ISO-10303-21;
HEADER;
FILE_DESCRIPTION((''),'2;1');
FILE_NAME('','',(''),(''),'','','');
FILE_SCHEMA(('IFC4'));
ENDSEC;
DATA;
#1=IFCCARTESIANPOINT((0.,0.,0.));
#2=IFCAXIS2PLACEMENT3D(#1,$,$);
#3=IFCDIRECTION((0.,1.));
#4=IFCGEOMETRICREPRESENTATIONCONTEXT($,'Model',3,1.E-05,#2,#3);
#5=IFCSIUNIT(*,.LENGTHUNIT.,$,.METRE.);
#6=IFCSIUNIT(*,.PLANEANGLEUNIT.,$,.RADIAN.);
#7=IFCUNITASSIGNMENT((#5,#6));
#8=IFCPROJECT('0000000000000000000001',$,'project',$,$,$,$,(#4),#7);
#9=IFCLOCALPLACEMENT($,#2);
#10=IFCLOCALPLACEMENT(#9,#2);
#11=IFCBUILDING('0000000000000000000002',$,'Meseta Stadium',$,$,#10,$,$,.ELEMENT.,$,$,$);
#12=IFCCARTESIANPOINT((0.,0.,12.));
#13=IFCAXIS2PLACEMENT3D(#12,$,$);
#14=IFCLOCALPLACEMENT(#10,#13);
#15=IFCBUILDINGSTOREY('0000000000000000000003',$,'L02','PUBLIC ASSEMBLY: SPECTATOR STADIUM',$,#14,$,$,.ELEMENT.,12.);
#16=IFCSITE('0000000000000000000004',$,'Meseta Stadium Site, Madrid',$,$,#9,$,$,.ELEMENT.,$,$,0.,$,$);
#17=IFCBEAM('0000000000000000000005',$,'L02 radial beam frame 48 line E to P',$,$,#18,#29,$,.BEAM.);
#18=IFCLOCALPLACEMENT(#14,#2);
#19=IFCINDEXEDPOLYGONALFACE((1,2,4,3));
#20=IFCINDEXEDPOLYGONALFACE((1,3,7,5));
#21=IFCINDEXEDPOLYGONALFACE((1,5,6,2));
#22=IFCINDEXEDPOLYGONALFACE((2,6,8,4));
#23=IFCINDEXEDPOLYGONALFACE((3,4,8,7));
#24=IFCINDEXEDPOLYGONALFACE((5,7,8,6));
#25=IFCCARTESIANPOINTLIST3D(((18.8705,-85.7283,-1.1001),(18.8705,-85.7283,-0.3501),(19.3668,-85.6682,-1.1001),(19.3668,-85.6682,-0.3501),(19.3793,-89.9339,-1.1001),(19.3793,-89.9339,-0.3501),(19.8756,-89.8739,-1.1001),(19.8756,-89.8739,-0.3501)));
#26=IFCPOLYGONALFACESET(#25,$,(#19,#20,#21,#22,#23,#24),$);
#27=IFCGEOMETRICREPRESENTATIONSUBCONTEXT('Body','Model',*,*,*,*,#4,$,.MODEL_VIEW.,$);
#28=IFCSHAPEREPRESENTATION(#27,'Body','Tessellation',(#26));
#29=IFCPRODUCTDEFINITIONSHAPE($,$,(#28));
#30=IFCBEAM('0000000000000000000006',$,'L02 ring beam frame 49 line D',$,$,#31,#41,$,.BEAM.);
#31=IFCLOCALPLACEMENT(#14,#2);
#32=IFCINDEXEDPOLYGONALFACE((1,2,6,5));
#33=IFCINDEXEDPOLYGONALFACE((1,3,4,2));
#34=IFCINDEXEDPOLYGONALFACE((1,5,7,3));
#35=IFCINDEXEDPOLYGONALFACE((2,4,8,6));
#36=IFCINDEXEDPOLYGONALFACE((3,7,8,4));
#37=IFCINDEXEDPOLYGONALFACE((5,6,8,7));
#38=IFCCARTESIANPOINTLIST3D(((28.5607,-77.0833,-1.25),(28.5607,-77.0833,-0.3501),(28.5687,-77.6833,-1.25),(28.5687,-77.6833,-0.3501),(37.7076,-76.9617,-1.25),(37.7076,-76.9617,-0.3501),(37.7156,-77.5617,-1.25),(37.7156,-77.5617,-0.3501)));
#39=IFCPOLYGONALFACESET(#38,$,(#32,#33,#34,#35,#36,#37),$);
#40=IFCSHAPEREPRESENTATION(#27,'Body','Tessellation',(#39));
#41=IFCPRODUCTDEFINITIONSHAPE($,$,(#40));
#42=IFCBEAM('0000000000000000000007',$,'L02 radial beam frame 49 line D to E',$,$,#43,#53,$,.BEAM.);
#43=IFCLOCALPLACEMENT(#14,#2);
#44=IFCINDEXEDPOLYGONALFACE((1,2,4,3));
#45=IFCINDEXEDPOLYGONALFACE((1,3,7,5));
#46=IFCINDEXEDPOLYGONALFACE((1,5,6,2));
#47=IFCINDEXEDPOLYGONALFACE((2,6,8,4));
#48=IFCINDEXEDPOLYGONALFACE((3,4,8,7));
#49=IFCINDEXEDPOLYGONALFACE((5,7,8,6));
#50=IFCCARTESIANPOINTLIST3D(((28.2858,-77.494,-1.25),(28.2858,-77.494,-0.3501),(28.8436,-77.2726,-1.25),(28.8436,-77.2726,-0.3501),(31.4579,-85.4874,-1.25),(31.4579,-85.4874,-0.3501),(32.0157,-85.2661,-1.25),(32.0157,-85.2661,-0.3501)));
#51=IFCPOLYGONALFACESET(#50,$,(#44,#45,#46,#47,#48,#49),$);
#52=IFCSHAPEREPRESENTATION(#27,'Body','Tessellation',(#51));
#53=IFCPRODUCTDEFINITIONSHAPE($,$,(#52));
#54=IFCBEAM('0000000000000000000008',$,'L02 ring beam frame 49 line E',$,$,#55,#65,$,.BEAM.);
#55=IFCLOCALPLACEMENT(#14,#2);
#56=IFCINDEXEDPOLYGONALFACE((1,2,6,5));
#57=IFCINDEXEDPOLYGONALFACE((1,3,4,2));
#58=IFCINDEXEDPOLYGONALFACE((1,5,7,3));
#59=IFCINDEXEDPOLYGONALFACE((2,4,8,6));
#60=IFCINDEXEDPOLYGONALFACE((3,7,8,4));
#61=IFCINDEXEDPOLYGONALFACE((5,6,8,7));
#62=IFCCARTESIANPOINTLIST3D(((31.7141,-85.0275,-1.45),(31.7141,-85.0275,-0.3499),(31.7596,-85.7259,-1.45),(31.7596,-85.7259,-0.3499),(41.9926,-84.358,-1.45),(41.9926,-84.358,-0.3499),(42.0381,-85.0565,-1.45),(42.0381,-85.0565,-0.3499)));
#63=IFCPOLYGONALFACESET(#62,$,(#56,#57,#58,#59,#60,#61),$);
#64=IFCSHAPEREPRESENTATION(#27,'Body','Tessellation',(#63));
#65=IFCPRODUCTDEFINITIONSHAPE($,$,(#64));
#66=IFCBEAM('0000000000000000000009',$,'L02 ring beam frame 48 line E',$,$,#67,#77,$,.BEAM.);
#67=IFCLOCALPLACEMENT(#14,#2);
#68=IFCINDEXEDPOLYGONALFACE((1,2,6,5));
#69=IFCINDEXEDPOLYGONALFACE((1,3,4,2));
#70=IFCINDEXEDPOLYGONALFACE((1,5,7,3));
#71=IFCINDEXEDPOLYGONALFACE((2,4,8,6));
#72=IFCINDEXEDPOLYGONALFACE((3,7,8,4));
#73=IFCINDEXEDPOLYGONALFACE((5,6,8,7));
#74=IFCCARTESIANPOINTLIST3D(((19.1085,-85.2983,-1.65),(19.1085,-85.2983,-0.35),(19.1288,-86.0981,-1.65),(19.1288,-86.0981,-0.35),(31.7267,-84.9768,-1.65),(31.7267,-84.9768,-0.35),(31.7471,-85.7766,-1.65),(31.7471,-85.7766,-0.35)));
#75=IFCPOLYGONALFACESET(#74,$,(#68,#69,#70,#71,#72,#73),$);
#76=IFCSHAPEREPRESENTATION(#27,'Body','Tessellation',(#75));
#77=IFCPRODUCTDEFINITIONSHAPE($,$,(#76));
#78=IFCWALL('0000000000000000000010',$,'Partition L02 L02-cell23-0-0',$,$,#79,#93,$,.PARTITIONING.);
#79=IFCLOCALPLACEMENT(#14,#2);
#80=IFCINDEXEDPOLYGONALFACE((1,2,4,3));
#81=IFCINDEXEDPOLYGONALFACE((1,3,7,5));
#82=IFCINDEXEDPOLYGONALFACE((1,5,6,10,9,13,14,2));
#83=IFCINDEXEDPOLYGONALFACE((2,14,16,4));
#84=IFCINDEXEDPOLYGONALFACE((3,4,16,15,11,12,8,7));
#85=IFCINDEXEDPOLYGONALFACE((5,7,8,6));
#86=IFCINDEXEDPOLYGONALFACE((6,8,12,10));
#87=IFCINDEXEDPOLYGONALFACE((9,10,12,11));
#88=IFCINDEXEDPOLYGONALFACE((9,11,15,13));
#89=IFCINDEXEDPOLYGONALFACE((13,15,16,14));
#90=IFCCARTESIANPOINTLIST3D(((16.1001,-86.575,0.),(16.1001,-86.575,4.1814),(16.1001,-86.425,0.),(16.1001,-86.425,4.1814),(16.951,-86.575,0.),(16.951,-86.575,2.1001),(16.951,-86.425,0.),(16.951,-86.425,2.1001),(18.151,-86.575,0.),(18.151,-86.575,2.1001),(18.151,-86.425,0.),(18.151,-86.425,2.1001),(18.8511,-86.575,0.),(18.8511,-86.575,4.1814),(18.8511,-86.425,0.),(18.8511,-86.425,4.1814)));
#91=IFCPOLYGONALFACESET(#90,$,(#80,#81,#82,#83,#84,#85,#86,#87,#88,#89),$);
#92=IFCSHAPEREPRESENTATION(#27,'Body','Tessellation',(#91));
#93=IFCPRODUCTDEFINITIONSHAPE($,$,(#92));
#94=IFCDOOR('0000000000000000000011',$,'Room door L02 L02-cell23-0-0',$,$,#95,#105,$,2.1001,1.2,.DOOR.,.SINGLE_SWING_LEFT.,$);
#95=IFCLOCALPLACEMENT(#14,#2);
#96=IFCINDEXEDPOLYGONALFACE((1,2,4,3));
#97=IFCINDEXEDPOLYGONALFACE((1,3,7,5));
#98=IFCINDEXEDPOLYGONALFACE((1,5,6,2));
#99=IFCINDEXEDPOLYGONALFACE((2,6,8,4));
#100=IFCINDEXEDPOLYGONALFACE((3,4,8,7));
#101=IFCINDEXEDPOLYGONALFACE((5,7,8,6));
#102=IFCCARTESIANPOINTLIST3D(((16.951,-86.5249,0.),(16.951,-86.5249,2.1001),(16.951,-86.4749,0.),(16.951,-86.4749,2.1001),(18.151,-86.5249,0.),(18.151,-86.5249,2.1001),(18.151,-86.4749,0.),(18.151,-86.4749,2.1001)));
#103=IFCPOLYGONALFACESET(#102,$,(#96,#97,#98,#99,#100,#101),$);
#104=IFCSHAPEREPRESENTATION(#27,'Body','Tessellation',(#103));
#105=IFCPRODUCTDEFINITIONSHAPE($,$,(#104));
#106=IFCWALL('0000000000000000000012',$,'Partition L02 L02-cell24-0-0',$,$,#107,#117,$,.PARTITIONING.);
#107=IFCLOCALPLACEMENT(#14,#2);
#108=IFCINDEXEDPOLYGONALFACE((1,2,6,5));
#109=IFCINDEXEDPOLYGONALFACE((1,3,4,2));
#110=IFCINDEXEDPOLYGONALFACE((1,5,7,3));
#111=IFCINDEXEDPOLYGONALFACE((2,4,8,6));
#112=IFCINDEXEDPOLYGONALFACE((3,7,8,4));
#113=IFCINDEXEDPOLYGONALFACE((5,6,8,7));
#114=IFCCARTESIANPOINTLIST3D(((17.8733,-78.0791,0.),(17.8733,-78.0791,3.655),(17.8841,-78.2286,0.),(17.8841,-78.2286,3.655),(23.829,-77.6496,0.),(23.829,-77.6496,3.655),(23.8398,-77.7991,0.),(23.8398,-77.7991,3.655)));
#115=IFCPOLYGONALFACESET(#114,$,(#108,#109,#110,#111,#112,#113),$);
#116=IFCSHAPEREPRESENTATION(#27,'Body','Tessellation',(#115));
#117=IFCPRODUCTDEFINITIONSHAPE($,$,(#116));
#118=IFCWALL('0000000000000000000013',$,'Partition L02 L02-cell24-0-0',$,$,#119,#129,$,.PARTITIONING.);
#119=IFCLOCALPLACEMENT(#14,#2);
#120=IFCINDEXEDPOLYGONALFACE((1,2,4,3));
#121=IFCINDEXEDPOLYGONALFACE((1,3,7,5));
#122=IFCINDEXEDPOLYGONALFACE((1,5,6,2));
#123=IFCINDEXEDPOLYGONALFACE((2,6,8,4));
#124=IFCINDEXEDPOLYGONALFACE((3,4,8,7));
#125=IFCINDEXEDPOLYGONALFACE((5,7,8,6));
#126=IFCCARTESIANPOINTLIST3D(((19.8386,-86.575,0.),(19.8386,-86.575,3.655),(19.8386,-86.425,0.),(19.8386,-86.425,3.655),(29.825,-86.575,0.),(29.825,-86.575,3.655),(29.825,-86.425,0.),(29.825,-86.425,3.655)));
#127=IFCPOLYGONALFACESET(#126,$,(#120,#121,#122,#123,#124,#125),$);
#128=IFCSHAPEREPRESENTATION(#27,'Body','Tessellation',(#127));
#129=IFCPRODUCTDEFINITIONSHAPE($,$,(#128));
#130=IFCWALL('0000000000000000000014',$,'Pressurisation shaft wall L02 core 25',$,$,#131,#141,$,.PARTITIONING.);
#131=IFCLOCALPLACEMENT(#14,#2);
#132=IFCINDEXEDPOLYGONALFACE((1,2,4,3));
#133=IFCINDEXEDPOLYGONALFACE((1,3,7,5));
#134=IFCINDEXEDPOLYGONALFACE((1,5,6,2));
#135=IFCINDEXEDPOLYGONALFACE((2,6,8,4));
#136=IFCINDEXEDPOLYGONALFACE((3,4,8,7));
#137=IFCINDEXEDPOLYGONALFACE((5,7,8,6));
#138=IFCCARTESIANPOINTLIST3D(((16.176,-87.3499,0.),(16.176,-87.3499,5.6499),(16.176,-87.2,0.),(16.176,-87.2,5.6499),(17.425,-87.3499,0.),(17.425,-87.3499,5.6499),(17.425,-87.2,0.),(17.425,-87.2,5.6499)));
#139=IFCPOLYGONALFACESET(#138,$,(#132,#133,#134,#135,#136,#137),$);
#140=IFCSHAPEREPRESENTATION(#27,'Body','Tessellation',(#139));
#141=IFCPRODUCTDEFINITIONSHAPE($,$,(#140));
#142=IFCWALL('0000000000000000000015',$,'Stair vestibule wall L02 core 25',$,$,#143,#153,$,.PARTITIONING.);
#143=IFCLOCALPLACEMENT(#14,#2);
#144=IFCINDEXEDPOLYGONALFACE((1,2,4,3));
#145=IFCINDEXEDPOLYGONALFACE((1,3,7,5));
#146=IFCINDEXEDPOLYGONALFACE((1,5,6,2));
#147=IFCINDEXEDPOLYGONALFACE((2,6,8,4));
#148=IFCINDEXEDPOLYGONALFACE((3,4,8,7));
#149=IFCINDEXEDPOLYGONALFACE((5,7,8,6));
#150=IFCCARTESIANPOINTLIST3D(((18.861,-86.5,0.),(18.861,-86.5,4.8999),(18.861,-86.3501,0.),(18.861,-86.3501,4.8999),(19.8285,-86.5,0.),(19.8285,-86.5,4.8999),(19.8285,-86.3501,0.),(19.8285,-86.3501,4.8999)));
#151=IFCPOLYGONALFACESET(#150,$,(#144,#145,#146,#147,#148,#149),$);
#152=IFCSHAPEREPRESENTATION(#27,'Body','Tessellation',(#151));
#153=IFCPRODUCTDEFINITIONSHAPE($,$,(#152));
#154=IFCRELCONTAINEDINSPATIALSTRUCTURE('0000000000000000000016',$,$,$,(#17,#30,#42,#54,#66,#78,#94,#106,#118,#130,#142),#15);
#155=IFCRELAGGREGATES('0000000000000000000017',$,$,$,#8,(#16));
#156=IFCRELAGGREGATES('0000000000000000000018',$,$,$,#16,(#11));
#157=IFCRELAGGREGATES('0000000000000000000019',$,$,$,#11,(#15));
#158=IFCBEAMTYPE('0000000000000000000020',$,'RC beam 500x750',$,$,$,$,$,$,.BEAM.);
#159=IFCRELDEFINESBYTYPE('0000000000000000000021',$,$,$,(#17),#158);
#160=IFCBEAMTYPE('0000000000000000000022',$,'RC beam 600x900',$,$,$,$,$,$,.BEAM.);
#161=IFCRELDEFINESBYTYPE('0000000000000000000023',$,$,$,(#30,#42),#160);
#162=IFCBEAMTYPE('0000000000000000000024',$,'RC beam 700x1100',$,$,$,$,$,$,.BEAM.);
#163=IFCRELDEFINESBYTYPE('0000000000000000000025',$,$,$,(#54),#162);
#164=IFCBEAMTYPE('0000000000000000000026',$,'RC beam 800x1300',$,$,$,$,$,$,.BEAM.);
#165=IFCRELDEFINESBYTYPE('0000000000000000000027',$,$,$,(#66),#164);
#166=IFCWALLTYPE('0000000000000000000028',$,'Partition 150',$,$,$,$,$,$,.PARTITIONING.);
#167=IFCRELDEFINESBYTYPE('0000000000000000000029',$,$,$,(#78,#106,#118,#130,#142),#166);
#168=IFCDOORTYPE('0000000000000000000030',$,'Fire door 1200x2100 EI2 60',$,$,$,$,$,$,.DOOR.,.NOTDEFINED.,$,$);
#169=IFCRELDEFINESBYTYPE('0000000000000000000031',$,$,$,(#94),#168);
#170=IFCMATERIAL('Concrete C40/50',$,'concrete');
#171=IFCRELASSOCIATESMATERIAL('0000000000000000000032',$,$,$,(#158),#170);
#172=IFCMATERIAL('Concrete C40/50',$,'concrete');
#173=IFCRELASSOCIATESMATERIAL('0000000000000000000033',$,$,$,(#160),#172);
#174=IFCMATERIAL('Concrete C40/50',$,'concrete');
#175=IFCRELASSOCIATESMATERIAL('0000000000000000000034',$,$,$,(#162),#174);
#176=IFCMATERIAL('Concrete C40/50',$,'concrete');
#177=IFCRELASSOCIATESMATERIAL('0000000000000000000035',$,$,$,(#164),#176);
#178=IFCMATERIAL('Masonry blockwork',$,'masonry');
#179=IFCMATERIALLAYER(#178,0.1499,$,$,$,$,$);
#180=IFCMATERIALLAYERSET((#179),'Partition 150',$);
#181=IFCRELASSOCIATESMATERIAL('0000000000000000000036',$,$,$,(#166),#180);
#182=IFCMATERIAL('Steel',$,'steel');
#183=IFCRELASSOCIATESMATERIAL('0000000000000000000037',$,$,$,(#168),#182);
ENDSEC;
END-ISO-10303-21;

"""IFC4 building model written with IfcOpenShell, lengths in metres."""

from ifc_helpers import new_model, si_unit, direction, frame, frame_2d, origin, origin_2d, place, context, subcontext, project, spatial, rectangle, extrude, material, layer, layer_set, material_profile, profile_set, type_object, element, fill, save


model = new_model("IFC4")

# Units and contexts
model_context = context("Model", 3, precision=1e-05, world=origin(), true_north=direction((0.0, 1.0)))
body_context = subcontext(model_context, "Body", "Model", "MODEL_VIEW")
ifc_project = project(units=[si_unit("LENGTHUNIT", "METRE"), si_unit("PLANEANGLEUNIT", "RADIAN")], contexts=[model_context])

# Site, building, storey
site_placement = place(None, origin())
site = spatial("IfcSite", under=ifc_project, at=site_placement, Name="Meseta Stadium Site, Madrid", CompositionType="ELEMENT", RefElevation=0.0)
building_placement = place(site_placement, origin())
building = spatial("IfcBuilding", under=site, at=building_placement, Name="Meseta Stadium", CompositionType="ELEMENT")
storey_placement = place(building_placement, frame((0.0, 0.0, 12.0)))
storey = spatial("IfcBuildingStorey", under=building, at=storey_placement, Name="L02", Description="PUBLIC ASSEMBLY: SPECTATOR STADIUM", CompositionType="ELEMENT", Elevation=12.0)

# Beams
ifc_material_1 = material(Name="Concrete C40/50", Category="concrete")
ifc_material_profile_1 = material_profile(ifc_material_1, rectangle(XDim=0.5, YDim=0.75, at=origin_2d()), Name="RC 500x750")
ifc_profile_set_1 = profile_set([ifc_material_profile_1], Name="Concrete C40/50")
beam_type_1 = type_object("IfcBeamType", Name="RC beam 500x750", PredefinedType="BEAM", material=ifc_profile_set_1)
beam_1_placement = place(storey_placement, frame((19.1187, -85.6982, -0.7251), z_axis=(0.120104, -0.992761, 0.0), x_axis=(0.992761, 0.120104, 0.0)))
element("IfcBeam", 1, at=beam_1_placement, inside=storey, type_object=beam_type_1, Name="L02 radial beam frame 48 line E to P", PredefinedType="BEAM", context=body_context, shape_type="SweptSolid", body=[
    extrude(rectangle(XDim=0.5, YDim=0.75, at=origin_2d()), origin(), (0.0, 0.0, 1.0), 4.2363),
])
ifc_material_2 = material(Name="Concrete C40/50", Category="concrete")
ifc_material_profile_2 = material_profile(ifc_material_2, rectangle(XDim=0.6001, YDim=0.8999, at=origin_2d()), Name="RC 600x900")
ifc_profile_set_2 = profile_set([ifc_material_profile_2], Name="Concrete C40/50")
beam_type_2 = type_object("IfcBeamType", Name="RC beam 600x900", PredefinedType="BEAM", material=ifc_profile_set_2)
beam_2_placement = place(storey_placement, frame((28.5647, -77.3833, -0.8), z_axis=(0.999912, 0.013291, 0.0), x_axis=(-0.013291, 0.999912, 0.0)))
element("IfcBeam", 2, at=beam_2_placement, inside=storey, type_object=beam_type_2, Name="L02 ring beam frame 49 line D", PredefinedType="BEAM", context=body_context, shape_type="SweptSolid", body=[
    extrude(rectangle(XDim=0.6001, YDim=0.8999, at=origin_2d()), origin(), (0.0, 0.0, 1.0), 9.1477),
])
beam_3_placement = place(storey_placement, frame((28.5647, -77.3833, -0.8), z_axis=(0.368859, -0.929485, 0.0), x_axis=(0.929485, 0.368859, 0.0)))
element("IfcBeam", 3, at=beam_3_placement, inside=storey, type_object=beam_type_2, Name="L02 radial beam frame 49 line D to E", PredefinedType="BEAM", context=body_context, shape_type="SweptSolid", body=[
    extrude(rectangle(XDim=0.6001, YDim=0.8999, at=origin_2d()), origin(), (0.0, 0.0, 1.0), 8.5999),
])
ifc_material_3 = material(Name="Concrete C40/50", Category="concrete")
ifc_material_profile_3 = material_profile(ifc_material_3, rectangle(XDim=0.7, YDim=1.1001, at=origin_2d()), Name="RC 700x1100")
ifc_profile_set_3 = profile_set([ifc_material_profile_3], Name="Concrete C40/50")
beam_type_3 = type_object("IfcBeamType", Name="RC beam 700x1100", PredefinedType="BEAM", material=ifc_profile_set_3)
beam_4_placement = place(storey_placement, frame((31.7368, -85.3767, -0.8999), z_axis=(0.997886, 0.064991, 0.0), x_axis=(-0.064991, 0.997886, 0.0)))
element("IfcBeam", 4, at=beam_4_placement, inside=storey, type_object=beam_type_3, Name="L02 ring beam frame 49 line E", PredefinedType="BEAM", context=body_context, shape_type="SweptSolid", body=[
    extrude(rectangle(XDim=0.7, YDim=1.1001, at=origin_2d()), origin(), (0.0, 0.0, 1.0), 10.3003),
])
ifc_material_4 = material(Name="Concrete C40/50", Category="concrete")
ifc_material_profile_4 = material_profile(ifc_material_4, rectangle(XDim=0.8, YDim=1.3, at=origin_2d()), Name="RC 800x1300")
ifc_profile_set_4 = profile_set([ifc_material_profile_4], Name="Concrete C40/50")
beam_type_4 = type_object("IfcBeamType", Name="RC beam 800x1300", PredefinedType="BEAM", material=ifc_profile_set_4)
beam_5_placement = place(storey_placement, frame((19.1187, -85.6982, -1.0), z_axis=(0.999675, 0.025474, 0.0), x_axis=(-0.025474, 0.999675, 0.0)))
element("IfcBeam", 5, at=beam_5_placement, inside=storey, type_object=beam_type_4, Name="L02 ring beam frame 48 line E", PredefinedType="BEAM", context=body_context, shape_type="SweptSolid", body=[
    extrude(rectangle(XDim=0.8, YDim=1.3, at=origin_2d()), origin(), (0.0, 0.0, 1.0), 12.6223),
])

# Wall, opening, door
ifc_material_5 = material(Name="Masonry blockwork", Category="masonry")
ifc_layer_1 = layer(ifc_material_5, 0.1499)
ifc_layer_set_1 = layer_set([ifc_layer_1], Name="Partition 150")
wall_type = type_object("IfcWallType", Name="Partition 150", PredefinedType="PARTITIONING", material=ifc_layer_set_1)
wall_1_placement = place(storey_placement, frame((18.8511, -86.5, 0.0), z_axis=(0.0, 0.0, 1.0), x_axis=(-1.0, 0.0, 0.0)))
wall_1 = element("IfcWall", 6, at=wall_1_placement, inside=storey, type_object=wall_type, Name="Partition L02 L02-cell23-0-0", PredefinedType="PARTITIONING", context=body_context, shape_type="SweptSolid", body=[
    extrude(rectangle(XDim=2.751, YDim=0.1499, at=frame_2d((1.3755, 0.0))), origin(), (0.0, 0.0, 1.0), 4.1814),
])
opening_placement = place(wall_1_placement, frame((0.7, 0.0, 0.0)))
opening = element("IfcOpeningElement", 7, at=opening_placement, cuts=wall_1, PredefinedType="OPENING", context=body_context, shape_type="SweptSolid", body=[
    extrude(rectangle(XDim=1.2, YDim=2.1001, at=frame_2d((0.6001, 1.05))), frame((0.0, 0.085, 0.0), z_axis=(0.0, -1.0, 0.0), x_axis=(1.0, 0.0, 0.0)), (0.0, 0.0, 1.0), 0.1699),
])
ifc_material_6 = material(Name="Steel", Category="steel")
door_type = type_object("IfcDoorType", Name="Fire door 1200x2100 EI2 60", OperationType="NOTDEFINED", PredefinedType="DOOR", material=ifc_material_6)
door_placement = place(opening_placement, origin())
door = element("IfcDoor", 8, at=door_placement, inside=storey, type_object=door_type, Name="Room door L02 L02-cell23-0-0", OperationType="SINGLE_SWING_LEFT", OverallHeight=2.1001, OverallWidth=1.2, PredefinedType="DOOR", context=body_context, shape_type="SweptSolid", body=[
    extrude(rectangle(XDim=1.2, YDim=2.1001, at=frame_2d((0.6001, 1.05))), frame((0.0, 0.0249, 0.0), z_axis=(0.0, -1.0, 0.0), x_axis=(1.0, 0.0, 0.0)), (0.0, 0.0, 1.0), 0.05),
])
fill(opening, door)

# Walls
wall_2_placement = place(storey_placement, frame((17.8787, -78.1538, 0.0), z_axis=(0.0, 0.0, 1.0), x_axis=(0.997411, 0.071918, 0.0)))
element("IfcWall", 9, at=wall_2_placement, inside=storey, type_object=wall_type, Name="Partition L02 L02-cell24-0-0", PredefinedType="PARTITIONING", context=body_context, shape_type="SweptSolid", body=[
    extrude(rectangle(XDim=5.9712, YDim=0.1499, at=frame_2d((2.9856, 0.0))), origin(), (0.0, 0.0, 1.0), 3.655),
])
wall_3_placement = place(storey_placement, frame((29.825, -86.5, 0.0), z_axis=(0.0, 0.0, 1.0), x_axis=(-1.0, 0.0, 0.0)))
element("IfcWall", 10, at=wall_3_placement, inside=storey, type_object=wall_type, Name="Partition L02 L02-cell24-0-0", PredefinedType="PARTITIONING", context=body_context, shape_type="SweptSolid", body=[
    extrude(rectangle(XDim=9.9863, YDim=0.1499, at=frame_2d((4.9932, 0.0))), origin(), (0.0, 0.0, 1.0), 3.655),
])
wall_4_placement = place(storey_placement, frame((17.425, -87.2749, 0.0), z_axis=(0.0, 0.0, 1.0), x_axis=(-1.0, 0.0, 0.0)))
element("IfcWall", 11, at=wall_4_placement, inside=storey, type_object=wall_type, Name="Pressurisation shaft wall L02 core 25", PredefinedType="PARTITIONING", context=body_context, shape_type="SweptSolid", body=[
    extrude(rectangle(XDim=1.249, YDim=0.1499, at=frame_2d((0.6245, 0.0))), origin(), (0.0, 0.0, 1.0), 5.6499),
])
wall_5_placement = place(storey_placement, frame((19.8286, -86.425, 0.0), z_axis=(0.0, 0.0, 1.0), x_axis=(-1.0, 0.0, 0.0)))
element("IfcWall", 12, at=wall_5_placement, inside=storey, type_object=wall_type, Name="Stair vestibule wall L02 core 25", PredefinedType="PARTITIONING", context=body_context, shape_type="SweptSolid", body=[
    extrude(rectangle(XDim=0.9675, YDim=0.1499, at=frame_2d((0.4839, 0.0))), origin(), (0.0, 0.0, 1.0), 4.8999),
])

save(model, "model.ifc")
